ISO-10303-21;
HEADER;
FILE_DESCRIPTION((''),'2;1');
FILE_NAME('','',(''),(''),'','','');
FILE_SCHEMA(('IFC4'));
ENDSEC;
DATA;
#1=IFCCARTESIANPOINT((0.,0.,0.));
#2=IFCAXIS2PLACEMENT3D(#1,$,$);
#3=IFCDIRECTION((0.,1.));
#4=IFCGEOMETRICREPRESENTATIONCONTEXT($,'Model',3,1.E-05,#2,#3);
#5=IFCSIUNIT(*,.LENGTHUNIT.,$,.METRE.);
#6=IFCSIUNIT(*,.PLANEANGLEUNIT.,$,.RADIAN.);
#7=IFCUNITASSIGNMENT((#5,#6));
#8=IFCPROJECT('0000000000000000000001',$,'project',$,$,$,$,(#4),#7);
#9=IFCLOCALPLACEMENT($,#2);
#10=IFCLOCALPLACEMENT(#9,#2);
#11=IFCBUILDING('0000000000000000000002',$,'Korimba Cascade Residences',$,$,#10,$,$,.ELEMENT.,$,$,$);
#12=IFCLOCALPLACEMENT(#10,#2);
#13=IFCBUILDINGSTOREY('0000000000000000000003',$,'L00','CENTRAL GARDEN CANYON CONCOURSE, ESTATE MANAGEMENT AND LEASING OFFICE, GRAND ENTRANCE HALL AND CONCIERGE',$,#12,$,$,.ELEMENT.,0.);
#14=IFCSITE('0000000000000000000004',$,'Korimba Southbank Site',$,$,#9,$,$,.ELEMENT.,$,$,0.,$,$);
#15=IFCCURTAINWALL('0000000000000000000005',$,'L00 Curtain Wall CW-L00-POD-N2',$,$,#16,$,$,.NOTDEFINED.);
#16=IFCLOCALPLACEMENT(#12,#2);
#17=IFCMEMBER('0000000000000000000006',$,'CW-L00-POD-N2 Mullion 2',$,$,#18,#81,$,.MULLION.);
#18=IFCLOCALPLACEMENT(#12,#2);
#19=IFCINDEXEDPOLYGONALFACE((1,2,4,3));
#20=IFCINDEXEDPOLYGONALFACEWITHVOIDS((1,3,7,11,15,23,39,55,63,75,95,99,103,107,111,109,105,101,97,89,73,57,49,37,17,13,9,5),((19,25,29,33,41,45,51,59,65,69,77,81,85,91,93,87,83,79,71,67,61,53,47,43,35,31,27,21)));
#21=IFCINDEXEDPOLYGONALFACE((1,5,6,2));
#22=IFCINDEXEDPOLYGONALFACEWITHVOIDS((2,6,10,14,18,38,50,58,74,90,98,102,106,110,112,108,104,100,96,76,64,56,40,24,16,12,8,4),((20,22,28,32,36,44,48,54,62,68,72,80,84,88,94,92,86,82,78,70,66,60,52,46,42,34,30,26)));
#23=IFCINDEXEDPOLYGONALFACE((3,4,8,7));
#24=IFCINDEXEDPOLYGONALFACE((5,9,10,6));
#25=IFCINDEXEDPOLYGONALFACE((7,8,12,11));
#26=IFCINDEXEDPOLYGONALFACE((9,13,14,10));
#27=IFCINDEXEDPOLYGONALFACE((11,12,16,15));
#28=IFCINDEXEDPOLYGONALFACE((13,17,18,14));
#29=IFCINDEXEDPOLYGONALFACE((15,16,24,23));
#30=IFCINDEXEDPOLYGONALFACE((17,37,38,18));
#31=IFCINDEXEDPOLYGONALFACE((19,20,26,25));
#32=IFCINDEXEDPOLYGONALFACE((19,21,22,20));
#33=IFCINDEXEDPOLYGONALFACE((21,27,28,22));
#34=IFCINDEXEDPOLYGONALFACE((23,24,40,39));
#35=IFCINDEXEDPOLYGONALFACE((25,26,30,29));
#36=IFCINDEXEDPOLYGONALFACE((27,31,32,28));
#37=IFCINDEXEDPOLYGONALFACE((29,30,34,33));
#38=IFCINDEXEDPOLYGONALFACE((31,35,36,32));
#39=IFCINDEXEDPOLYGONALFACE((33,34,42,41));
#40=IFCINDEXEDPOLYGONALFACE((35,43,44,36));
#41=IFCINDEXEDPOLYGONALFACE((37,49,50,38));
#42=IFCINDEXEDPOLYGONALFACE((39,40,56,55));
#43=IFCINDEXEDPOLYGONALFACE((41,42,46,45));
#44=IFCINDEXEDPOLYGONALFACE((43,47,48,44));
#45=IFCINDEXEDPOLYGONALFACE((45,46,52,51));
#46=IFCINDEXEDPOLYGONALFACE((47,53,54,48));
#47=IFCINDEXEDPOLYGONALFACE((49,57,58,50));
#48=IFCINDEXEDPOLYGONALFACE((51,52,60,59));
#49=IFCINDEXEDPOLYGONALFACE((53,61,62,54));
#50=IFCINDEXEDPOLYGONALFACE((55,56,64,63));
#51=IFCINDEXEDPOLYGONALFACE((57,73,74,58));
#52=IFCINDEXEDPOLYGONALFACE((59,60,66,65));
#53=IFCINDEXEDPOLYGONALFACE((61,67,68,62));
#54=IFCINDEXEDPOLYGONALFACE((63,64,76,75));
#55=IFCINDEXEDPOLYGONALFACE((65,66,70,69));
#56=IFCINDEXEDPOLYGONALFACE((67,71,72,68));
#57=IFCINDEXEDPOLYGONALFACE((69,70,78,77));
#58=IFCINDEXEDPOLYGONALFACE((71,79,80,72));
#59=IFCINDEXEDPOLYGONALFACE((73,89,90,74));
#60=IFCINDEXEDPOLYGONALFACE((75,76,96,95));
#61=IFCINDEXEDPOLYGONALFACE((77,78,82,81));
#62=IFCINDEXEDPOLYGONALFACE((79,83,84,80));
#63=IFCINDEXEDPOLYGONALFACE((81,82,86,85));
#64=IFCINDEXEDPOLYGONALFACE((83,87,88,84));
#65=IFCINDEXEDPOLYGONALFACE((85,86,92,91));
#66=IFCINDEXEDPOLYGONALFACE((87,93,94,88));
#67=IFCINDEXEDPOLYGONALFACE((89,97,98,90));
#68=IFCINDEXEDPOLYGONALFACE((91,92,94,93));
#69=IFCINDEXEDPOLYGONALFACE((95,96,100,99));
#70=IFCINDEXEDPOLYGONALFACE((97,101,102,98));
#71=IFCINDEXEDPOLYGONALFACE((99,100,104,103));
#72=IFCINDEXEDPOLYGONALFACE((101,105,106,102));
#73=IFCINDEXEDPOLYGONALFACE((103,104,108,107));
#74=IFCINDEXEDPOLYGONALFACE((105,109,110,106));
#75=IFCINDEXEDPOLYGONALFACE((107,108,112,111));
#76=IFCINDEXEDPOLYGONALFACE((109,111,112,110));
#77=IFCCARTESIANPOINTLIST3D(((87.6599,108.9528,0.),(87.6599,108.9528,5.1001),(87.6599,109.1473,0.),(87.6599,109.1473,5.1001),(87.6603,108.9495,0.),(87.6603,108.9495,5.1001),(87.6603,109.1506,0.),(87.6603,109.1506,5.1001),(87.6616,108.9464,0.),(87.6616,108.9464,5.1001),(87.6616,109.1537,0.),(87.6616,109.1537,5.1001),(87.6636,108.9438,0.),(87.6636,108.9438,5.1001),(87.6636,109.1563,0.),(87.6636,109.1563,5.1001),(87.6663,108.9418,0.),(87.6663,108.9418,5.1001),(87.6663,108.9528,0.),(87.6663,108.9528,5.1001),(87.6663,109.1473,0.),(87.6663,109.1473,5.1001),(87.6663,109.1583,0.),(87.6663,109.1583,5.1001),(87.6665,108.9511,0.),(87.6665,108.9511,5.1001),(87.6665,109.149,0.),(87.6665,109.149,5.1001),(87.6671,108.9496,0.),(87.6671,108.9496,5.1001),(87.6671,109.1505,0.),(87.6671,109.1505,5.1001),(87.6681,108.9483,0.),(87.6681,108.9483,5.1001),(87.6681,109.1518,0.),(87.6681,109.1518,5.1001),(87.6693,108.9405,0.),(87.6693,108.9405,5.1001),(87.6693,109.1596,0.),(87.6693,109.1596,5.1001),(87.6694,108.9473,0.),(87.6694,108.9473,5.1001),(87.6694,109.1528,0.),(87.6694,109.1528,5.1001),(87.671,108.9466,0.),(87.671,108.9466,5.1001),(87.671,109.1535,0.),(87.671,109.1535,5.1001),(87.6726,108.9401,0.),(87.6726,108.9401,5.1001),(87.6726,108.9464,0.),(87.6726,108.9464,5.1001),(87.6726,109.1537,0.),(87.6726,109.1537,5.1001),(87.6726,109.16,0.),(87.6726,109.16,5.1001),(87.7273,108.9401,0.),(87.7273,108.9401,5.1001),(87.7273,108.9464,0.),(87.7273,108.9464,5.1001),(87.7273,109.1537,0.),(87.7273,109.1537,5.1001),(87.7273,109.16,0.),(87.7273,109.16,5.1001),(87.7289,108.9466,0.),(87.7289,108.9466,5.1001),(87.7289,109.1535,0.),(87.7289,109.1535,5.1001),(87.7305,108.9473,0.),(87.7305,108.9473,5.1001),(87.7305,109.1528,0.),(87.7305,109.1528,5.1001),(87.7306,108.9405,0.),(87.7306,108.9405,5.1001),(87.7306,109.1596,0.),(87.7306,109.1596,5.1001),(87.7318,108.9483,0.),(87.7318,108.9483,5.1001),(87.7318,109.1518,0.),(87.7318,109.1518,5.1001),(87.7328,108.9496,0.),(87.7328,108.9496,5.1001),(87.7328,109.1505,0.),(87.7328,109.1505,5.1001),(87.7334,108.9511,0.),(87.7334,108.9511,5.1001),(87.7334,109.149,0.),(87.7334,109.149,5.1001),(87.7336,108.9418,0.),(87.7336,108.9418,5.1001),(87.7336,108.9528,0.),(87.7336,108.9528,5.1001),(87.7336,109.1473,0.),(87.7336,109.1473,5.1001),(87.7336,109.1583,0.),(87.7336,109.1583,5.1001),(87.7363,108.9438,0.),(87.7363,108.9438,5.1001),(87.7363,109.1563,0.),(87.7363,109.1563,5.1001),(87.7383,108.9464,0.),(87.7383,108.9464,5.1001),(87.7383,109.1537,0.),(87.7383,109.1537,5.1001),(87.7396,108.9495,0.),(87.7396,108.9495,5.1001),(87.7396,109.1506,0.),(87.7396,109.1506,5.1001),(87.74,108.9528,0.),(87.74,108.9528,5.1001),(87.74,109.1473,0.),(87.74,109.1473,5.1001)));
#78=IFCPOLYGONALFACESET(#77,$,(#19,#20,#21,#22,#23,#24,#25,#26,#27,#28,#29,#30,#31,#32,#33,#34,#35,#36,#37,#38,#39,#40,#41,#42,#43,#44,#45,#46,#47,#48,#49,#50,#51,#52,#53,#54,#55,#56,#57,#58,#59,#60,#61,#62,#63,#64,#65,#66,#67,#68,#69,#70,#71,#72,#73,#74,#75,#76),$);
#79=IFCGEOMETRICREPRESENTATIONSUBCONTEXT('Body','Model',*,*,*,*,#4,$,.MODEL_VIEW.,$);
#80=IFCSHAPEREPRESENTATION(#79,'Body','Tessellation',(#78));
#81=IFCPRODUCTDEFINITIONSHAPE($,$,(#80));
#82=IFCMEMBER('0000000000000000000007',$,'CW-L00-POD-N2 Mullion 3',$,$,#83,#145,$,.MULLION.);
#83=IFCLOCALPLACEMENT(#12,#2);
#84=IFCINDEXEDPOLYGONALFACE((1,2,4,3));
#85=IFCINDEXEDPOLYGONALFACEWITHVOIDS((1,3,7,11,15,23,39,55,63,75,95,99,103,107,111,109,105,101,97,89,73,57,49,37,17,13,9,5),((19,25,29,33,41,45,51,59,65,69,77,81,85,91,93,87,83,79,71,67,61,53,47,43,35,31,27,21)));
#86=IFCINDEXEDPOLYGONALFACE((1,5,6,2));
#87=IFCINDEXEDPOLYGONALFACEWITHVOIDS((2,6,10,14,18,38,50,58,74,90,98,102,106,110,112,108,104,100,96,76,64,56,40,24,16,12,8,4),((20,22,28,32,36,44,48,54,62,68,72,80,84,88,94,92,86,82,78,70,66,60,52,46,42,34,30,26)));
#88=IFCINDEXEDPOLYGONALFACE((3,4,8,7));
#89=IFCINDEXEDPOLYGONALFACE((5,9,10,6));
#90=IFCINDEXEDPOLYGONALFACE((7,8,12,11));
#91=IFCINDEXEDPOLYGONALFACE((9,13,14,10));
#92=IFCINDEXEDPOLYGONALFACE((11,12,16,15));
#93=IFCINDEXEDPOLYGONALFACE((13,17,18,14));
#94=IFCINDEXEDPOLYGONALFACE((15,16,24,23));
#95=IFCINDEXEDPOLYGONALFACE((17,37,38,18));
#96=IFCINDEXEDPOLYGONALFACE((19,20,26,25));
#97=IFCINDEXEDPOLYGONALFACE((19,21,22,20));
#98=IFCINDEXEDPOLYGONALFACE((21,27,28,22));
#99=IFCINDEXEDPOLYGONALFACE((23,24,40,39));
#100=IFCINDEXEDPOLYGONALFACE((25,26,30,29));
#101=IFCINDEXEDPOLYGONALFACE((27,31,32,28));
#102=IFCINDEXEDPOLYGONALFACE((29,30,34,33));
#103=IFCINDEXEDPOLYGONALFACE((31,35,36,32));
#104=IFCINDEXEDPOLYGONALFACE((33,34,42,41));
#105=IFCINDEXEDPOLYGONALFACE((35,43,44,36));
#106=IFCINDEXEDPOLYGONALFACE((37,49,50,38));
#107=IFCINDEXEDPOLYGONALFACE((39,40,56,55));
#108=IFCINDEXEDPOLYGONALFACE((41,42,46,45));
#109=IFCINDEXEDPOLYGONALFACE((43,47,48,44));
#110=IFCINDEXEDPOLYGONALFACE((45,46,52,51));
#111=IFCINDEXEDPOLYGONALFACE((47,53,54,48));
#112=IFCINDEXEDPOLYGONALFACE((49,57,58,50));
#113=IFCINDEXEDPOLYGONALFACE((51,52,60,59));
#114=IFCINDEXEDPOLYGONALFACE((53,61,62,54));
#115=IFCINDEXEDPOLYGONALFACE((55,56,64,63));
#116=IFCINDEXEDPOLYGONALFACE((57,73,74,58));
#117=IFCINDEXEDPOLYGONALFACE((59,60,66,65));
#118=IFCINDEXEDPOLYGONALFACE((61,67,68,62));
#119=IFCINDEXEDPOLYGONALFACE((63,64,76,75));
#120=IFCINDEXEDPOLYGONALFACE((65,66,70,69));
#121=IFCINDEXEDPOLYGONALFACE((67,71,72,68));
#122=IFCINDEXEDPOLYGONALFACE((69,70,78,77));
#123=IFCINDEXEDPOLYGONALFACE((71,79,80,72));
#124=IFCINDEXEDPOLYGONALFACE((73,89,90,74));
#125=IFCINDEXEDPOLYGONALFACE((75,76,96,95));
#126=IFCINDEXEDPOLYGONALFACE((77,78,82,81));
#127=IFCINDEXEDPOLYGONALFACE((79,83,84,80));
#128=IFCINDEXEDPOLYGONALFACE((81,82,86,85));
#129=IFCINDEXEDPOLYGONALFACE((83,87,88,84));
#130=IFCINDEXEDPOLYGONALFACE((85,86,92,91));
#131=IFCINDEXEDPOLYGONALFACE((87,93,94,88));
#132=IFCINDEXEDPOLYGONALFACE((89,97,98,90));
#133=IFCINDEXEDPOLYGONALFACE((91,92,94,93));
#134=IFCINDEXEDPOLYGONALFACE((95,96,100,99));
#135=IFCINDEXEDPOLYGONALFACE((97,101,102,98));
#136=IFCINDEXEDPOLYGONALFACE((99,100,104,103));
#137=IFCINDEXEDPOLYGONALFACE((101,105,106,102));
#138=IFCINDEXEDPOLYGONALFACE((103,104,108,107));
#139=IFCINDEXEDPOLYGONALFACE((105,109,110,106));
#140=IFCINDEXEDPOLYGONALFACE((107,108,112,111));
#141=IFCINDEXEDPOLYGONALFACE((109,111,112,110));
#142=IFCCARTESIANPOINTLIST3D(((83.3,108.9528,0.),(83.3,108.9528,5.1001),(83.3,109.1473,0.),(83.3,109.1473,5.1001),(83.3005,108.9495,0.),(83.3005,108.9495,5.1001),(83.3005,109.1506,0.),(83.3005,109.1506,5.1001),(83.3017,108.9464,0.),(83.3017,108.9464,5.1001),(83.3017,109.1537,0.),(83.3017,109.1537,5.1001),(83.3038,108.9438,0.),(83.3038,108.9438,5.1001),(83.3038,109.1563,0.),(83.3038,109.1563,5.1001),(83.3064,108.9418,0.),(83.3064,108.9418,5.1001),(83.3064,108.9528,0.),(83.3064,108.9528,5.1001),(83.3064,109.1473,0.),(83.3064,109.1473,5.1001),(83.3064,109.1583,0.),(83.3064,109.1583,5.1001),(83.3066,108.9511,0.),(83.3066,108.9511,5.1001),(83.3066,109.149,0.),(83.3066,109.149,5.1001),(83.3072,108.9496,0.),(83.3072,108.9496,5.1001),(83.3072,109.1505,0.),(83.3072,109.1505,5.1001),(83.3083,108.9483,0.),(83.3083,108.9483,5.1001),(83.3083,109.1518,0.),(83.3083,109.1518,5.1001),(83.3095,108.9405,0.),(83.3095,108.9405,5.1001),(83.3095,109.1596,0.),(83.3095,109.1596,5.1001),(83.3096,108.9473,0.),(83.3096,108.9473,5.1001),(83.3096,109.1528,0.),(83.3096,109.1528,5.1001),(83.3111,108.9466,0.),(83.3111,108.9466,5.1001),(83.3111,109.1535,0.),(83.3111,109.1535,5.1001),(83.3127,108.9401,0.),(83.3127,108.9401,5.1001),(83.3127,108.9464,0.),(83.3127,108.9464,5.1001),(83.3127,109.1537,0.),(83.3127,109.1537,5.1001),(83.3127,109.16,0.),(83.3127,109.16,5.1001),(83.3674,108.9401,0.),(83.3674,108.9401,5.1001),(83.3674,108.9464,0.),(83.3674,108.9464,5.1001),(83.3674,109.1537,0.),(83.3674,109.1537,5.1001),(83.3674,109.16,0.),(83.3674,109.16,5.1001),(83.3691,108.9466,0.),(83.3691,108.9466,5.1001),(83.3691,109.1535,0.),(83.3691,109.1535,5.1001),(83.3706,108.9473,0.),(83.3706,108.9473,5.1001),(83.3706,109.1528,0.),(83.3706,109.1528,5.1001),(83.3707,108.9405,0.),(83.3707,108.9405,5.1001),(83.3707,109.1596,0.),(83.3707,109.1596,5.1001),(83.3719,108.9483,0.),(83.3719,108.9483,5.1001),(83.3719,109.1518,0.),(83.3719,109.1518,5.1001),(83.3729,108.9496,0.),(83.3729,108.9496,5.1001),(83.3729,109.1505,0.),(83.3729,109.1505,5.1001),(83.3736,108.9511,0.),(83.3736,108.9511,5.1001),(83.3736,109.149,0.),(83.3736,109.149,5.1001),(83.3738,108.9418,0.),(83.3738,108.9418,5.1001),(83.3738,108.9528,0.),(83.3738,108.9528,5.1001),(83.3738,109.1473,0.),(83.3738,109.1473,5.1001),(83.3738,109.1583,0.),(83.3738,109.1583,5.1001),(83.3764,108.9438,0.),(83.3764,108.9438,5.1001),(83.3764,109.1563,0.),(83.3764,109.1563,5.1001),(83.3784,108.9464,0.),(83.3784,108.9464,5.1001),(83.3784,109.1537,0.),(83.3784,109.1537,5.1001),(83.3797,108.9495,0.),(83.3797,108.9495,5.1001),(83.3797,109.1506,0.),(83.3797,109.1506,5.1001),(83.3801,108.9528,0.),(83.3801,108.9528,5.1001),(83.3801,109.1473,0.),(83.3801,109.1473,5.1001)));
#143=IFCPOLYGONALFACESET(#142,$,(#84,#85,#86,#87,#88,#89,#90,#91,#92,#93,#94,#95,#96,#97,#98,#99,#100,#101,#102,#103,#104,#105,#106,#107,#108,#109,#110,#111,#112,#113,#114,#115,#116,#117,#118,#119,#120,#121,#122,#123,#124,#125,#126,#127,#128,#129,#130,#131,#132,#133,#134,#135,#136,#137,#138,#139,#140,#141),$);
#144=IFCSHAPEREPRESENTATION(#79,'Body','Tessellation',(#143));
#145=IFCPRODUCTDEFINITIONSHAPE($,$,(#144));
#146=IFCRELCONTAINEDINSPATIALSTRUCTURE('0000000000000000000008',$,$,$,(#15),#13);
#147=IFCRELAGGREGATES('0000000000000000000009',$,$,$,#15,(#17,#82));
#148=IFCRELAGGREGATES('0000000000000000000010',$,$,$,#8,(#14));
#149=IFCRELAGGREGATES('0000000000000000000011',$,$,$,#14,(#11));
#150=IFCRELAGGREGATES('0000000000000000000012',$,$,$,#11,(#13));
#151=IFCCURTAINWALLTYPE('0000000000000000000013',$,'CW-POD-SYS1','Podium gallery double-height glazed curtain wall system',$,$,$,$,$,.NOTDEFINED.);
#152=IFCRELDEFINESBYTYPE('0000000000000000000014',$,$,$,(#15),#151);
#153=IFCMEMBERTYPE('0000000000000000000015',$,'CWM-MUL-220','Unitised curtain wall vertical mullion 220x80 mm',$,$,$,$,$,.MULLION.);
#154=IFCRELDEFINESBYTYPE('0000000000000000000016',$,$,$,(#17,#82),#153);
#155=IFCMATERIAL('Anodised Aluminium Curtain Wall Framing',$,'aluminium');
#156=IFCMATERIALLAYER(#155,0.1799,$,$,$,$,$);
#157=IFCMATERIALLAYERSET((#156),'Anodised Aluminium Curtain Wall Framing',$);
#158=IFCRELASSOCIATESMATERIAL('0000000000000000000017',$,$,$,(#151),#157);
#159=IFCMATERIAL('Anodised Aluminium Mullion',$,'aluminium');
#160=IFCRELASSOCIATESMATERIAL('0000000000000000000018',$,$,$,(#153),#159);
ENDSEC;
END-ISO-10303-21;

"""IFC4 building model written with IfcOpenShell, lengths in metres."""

from ifc_helpers import new_model, si_unit, direction, frame, origin, origin_2d, place, context, subcontext, project, spatial, hollow_rectangle, extrude, material, layer, layer_set, material_profile, profile_set, type_object, element, aggregate, save


model = new_model("IFC4")

# Units and contexts
model_context = context("Model", 3, precision=1e-05, world=origin(), true_north=direction((0.0, 1.0)))
body_context = subcontext(model_context, "Body", "Model", "MODEL_VIEW")
ifc_project = project(units=[si_unit("LENGTHUNIT", "METRE"), si_unit("PLANEANGLEUNIT", "RADIAN")], contexts=[model_context])

# Site, building, storey
site_placement = place(None, origin())
site = spatial("IfcSite", under=ifc_project, at=site_placement, Name="Korimba Southbank Site", CompositionType="ELEMENT", RefElevation=0.0)
building_placement = place(site_placement, origin())
building = spatial("IfcBuilding", under=site, at=building_placement, Name="Korimba Cascade Residences", CompositionType="ELEMENT")
storey_placement = place(building_placement, origin())
storey = spatial("IfcBuildingStorey", under=building, at=storey_placement, Name="L00", Description="CENTRAL GARDEN CANYON CONCOURSE, ESTATE MANAGEMENT AND LEASING OFFICE, GRAND ENTRANCE HALL AND CONCIERGE", CompositionType="ELEMENT", Elevation=0.0)

# Curtain wall, members
ifc_material_1 = material(Name="Anodised Aluminium Curtain Wall Framing", Category="aluminium")
ifc_layer_1 = layer(ifc_material_1, 0.1799)
ifc_layer_set_1 = layer_set([ifc_layer_1], Name="Anodised Aluminium Curtain Wall Framing")
curtain_wall_type = type_object("IfcCurtainWallType", Name="CW-POD-SYS1", Description="Podium gallery double-height glazed curtain wall system", PredefinedType="NOTDEFINED", material=ifc_layer_set_1)
curtain_wall_placement = place(storey_placement, origin())
curtain_wall = element("IfcCurtainWall", 1, at=curtain_wall_placement, inside=storey, type_object=curtain_wall_type, Name="L00 Curtain Wall CW-L00-POD-N2", PredefinedType="NOTDEFINED")
ifc_material_2 = material(Name="Anodised Aluminium Mullion", Category="aluminium")
ifc_material_profile_1 = material_profile(ifc_material_2, hollow_rectangle(XDim=0.0801, YDim=0.22, WallThickness=0.0063, InnerFilletRadius=0.0063, OuterFilletRadius=0.0127, at=origin_2d()), Name="Anodised Aluminium Mullion")
ifc_profile_set_1 = profile_set([ifc_material_profile_1], Name="Anodised Aluminium Mullion")
member_type_1 = type_object("IfcMemberType", Name="CWM-MUL-220", Description="Unitised curtain wall vertical mullion 220x80 mm", PredefinedType="MULLION", material=ifc_profile_set_1)
member_1_placement = place(storey_placement, frame((87.7, 109.05, 0.0), z_axis=(0.0, 0.0, 1.0), x_axis=(-1.0, 0.0, 0.0)))
member_1 = element("IfcMember", 2, at=member_1_placement, type_object=member_type_1, Name="CW-L00-POD-N2 Mullion 2", PredefinedType="MULLION", context=body_context, shape_type="SweptSolid", body=[
    extrude(hollow_rectangle(XDim=0.0801, YDim=0.22, WallThickness=0.0063, InnerFilletRadius=0.0063, OuterFilletRadius=0.0127, at=origin_2d()), origin(), (0.0, 0.0, 1.0), 5.1001),
])
member_2_placement = place(storey_placement, frame((83.3401, 109.05, 0.0), z_axis=(0.0, 0.0, 1.0), x_axis=(-1.0, 0.0, 0.0)))
member_2 = element("IfcMember", 3, at=member_2_placement, type_object=member_type_1, Name="CW-L00-POD-N2 Mullion 3", PredefinedType="MULLION", context=body_context, shape_type="SweptSolid", body=[
    extrude(hollow_rectangle(XDim=0.0801, YDim=0.22, WallThickness=0.0063, InnerFilletRadius=0.0063, OuterFilletRadius=0.0127, at=origin_2d()), origin(), (0.0, 0.0, 1.0), 5.1001),
])
aggregate(curtain_wall, [member_1, member_2])

save(model, "model.ifc")
